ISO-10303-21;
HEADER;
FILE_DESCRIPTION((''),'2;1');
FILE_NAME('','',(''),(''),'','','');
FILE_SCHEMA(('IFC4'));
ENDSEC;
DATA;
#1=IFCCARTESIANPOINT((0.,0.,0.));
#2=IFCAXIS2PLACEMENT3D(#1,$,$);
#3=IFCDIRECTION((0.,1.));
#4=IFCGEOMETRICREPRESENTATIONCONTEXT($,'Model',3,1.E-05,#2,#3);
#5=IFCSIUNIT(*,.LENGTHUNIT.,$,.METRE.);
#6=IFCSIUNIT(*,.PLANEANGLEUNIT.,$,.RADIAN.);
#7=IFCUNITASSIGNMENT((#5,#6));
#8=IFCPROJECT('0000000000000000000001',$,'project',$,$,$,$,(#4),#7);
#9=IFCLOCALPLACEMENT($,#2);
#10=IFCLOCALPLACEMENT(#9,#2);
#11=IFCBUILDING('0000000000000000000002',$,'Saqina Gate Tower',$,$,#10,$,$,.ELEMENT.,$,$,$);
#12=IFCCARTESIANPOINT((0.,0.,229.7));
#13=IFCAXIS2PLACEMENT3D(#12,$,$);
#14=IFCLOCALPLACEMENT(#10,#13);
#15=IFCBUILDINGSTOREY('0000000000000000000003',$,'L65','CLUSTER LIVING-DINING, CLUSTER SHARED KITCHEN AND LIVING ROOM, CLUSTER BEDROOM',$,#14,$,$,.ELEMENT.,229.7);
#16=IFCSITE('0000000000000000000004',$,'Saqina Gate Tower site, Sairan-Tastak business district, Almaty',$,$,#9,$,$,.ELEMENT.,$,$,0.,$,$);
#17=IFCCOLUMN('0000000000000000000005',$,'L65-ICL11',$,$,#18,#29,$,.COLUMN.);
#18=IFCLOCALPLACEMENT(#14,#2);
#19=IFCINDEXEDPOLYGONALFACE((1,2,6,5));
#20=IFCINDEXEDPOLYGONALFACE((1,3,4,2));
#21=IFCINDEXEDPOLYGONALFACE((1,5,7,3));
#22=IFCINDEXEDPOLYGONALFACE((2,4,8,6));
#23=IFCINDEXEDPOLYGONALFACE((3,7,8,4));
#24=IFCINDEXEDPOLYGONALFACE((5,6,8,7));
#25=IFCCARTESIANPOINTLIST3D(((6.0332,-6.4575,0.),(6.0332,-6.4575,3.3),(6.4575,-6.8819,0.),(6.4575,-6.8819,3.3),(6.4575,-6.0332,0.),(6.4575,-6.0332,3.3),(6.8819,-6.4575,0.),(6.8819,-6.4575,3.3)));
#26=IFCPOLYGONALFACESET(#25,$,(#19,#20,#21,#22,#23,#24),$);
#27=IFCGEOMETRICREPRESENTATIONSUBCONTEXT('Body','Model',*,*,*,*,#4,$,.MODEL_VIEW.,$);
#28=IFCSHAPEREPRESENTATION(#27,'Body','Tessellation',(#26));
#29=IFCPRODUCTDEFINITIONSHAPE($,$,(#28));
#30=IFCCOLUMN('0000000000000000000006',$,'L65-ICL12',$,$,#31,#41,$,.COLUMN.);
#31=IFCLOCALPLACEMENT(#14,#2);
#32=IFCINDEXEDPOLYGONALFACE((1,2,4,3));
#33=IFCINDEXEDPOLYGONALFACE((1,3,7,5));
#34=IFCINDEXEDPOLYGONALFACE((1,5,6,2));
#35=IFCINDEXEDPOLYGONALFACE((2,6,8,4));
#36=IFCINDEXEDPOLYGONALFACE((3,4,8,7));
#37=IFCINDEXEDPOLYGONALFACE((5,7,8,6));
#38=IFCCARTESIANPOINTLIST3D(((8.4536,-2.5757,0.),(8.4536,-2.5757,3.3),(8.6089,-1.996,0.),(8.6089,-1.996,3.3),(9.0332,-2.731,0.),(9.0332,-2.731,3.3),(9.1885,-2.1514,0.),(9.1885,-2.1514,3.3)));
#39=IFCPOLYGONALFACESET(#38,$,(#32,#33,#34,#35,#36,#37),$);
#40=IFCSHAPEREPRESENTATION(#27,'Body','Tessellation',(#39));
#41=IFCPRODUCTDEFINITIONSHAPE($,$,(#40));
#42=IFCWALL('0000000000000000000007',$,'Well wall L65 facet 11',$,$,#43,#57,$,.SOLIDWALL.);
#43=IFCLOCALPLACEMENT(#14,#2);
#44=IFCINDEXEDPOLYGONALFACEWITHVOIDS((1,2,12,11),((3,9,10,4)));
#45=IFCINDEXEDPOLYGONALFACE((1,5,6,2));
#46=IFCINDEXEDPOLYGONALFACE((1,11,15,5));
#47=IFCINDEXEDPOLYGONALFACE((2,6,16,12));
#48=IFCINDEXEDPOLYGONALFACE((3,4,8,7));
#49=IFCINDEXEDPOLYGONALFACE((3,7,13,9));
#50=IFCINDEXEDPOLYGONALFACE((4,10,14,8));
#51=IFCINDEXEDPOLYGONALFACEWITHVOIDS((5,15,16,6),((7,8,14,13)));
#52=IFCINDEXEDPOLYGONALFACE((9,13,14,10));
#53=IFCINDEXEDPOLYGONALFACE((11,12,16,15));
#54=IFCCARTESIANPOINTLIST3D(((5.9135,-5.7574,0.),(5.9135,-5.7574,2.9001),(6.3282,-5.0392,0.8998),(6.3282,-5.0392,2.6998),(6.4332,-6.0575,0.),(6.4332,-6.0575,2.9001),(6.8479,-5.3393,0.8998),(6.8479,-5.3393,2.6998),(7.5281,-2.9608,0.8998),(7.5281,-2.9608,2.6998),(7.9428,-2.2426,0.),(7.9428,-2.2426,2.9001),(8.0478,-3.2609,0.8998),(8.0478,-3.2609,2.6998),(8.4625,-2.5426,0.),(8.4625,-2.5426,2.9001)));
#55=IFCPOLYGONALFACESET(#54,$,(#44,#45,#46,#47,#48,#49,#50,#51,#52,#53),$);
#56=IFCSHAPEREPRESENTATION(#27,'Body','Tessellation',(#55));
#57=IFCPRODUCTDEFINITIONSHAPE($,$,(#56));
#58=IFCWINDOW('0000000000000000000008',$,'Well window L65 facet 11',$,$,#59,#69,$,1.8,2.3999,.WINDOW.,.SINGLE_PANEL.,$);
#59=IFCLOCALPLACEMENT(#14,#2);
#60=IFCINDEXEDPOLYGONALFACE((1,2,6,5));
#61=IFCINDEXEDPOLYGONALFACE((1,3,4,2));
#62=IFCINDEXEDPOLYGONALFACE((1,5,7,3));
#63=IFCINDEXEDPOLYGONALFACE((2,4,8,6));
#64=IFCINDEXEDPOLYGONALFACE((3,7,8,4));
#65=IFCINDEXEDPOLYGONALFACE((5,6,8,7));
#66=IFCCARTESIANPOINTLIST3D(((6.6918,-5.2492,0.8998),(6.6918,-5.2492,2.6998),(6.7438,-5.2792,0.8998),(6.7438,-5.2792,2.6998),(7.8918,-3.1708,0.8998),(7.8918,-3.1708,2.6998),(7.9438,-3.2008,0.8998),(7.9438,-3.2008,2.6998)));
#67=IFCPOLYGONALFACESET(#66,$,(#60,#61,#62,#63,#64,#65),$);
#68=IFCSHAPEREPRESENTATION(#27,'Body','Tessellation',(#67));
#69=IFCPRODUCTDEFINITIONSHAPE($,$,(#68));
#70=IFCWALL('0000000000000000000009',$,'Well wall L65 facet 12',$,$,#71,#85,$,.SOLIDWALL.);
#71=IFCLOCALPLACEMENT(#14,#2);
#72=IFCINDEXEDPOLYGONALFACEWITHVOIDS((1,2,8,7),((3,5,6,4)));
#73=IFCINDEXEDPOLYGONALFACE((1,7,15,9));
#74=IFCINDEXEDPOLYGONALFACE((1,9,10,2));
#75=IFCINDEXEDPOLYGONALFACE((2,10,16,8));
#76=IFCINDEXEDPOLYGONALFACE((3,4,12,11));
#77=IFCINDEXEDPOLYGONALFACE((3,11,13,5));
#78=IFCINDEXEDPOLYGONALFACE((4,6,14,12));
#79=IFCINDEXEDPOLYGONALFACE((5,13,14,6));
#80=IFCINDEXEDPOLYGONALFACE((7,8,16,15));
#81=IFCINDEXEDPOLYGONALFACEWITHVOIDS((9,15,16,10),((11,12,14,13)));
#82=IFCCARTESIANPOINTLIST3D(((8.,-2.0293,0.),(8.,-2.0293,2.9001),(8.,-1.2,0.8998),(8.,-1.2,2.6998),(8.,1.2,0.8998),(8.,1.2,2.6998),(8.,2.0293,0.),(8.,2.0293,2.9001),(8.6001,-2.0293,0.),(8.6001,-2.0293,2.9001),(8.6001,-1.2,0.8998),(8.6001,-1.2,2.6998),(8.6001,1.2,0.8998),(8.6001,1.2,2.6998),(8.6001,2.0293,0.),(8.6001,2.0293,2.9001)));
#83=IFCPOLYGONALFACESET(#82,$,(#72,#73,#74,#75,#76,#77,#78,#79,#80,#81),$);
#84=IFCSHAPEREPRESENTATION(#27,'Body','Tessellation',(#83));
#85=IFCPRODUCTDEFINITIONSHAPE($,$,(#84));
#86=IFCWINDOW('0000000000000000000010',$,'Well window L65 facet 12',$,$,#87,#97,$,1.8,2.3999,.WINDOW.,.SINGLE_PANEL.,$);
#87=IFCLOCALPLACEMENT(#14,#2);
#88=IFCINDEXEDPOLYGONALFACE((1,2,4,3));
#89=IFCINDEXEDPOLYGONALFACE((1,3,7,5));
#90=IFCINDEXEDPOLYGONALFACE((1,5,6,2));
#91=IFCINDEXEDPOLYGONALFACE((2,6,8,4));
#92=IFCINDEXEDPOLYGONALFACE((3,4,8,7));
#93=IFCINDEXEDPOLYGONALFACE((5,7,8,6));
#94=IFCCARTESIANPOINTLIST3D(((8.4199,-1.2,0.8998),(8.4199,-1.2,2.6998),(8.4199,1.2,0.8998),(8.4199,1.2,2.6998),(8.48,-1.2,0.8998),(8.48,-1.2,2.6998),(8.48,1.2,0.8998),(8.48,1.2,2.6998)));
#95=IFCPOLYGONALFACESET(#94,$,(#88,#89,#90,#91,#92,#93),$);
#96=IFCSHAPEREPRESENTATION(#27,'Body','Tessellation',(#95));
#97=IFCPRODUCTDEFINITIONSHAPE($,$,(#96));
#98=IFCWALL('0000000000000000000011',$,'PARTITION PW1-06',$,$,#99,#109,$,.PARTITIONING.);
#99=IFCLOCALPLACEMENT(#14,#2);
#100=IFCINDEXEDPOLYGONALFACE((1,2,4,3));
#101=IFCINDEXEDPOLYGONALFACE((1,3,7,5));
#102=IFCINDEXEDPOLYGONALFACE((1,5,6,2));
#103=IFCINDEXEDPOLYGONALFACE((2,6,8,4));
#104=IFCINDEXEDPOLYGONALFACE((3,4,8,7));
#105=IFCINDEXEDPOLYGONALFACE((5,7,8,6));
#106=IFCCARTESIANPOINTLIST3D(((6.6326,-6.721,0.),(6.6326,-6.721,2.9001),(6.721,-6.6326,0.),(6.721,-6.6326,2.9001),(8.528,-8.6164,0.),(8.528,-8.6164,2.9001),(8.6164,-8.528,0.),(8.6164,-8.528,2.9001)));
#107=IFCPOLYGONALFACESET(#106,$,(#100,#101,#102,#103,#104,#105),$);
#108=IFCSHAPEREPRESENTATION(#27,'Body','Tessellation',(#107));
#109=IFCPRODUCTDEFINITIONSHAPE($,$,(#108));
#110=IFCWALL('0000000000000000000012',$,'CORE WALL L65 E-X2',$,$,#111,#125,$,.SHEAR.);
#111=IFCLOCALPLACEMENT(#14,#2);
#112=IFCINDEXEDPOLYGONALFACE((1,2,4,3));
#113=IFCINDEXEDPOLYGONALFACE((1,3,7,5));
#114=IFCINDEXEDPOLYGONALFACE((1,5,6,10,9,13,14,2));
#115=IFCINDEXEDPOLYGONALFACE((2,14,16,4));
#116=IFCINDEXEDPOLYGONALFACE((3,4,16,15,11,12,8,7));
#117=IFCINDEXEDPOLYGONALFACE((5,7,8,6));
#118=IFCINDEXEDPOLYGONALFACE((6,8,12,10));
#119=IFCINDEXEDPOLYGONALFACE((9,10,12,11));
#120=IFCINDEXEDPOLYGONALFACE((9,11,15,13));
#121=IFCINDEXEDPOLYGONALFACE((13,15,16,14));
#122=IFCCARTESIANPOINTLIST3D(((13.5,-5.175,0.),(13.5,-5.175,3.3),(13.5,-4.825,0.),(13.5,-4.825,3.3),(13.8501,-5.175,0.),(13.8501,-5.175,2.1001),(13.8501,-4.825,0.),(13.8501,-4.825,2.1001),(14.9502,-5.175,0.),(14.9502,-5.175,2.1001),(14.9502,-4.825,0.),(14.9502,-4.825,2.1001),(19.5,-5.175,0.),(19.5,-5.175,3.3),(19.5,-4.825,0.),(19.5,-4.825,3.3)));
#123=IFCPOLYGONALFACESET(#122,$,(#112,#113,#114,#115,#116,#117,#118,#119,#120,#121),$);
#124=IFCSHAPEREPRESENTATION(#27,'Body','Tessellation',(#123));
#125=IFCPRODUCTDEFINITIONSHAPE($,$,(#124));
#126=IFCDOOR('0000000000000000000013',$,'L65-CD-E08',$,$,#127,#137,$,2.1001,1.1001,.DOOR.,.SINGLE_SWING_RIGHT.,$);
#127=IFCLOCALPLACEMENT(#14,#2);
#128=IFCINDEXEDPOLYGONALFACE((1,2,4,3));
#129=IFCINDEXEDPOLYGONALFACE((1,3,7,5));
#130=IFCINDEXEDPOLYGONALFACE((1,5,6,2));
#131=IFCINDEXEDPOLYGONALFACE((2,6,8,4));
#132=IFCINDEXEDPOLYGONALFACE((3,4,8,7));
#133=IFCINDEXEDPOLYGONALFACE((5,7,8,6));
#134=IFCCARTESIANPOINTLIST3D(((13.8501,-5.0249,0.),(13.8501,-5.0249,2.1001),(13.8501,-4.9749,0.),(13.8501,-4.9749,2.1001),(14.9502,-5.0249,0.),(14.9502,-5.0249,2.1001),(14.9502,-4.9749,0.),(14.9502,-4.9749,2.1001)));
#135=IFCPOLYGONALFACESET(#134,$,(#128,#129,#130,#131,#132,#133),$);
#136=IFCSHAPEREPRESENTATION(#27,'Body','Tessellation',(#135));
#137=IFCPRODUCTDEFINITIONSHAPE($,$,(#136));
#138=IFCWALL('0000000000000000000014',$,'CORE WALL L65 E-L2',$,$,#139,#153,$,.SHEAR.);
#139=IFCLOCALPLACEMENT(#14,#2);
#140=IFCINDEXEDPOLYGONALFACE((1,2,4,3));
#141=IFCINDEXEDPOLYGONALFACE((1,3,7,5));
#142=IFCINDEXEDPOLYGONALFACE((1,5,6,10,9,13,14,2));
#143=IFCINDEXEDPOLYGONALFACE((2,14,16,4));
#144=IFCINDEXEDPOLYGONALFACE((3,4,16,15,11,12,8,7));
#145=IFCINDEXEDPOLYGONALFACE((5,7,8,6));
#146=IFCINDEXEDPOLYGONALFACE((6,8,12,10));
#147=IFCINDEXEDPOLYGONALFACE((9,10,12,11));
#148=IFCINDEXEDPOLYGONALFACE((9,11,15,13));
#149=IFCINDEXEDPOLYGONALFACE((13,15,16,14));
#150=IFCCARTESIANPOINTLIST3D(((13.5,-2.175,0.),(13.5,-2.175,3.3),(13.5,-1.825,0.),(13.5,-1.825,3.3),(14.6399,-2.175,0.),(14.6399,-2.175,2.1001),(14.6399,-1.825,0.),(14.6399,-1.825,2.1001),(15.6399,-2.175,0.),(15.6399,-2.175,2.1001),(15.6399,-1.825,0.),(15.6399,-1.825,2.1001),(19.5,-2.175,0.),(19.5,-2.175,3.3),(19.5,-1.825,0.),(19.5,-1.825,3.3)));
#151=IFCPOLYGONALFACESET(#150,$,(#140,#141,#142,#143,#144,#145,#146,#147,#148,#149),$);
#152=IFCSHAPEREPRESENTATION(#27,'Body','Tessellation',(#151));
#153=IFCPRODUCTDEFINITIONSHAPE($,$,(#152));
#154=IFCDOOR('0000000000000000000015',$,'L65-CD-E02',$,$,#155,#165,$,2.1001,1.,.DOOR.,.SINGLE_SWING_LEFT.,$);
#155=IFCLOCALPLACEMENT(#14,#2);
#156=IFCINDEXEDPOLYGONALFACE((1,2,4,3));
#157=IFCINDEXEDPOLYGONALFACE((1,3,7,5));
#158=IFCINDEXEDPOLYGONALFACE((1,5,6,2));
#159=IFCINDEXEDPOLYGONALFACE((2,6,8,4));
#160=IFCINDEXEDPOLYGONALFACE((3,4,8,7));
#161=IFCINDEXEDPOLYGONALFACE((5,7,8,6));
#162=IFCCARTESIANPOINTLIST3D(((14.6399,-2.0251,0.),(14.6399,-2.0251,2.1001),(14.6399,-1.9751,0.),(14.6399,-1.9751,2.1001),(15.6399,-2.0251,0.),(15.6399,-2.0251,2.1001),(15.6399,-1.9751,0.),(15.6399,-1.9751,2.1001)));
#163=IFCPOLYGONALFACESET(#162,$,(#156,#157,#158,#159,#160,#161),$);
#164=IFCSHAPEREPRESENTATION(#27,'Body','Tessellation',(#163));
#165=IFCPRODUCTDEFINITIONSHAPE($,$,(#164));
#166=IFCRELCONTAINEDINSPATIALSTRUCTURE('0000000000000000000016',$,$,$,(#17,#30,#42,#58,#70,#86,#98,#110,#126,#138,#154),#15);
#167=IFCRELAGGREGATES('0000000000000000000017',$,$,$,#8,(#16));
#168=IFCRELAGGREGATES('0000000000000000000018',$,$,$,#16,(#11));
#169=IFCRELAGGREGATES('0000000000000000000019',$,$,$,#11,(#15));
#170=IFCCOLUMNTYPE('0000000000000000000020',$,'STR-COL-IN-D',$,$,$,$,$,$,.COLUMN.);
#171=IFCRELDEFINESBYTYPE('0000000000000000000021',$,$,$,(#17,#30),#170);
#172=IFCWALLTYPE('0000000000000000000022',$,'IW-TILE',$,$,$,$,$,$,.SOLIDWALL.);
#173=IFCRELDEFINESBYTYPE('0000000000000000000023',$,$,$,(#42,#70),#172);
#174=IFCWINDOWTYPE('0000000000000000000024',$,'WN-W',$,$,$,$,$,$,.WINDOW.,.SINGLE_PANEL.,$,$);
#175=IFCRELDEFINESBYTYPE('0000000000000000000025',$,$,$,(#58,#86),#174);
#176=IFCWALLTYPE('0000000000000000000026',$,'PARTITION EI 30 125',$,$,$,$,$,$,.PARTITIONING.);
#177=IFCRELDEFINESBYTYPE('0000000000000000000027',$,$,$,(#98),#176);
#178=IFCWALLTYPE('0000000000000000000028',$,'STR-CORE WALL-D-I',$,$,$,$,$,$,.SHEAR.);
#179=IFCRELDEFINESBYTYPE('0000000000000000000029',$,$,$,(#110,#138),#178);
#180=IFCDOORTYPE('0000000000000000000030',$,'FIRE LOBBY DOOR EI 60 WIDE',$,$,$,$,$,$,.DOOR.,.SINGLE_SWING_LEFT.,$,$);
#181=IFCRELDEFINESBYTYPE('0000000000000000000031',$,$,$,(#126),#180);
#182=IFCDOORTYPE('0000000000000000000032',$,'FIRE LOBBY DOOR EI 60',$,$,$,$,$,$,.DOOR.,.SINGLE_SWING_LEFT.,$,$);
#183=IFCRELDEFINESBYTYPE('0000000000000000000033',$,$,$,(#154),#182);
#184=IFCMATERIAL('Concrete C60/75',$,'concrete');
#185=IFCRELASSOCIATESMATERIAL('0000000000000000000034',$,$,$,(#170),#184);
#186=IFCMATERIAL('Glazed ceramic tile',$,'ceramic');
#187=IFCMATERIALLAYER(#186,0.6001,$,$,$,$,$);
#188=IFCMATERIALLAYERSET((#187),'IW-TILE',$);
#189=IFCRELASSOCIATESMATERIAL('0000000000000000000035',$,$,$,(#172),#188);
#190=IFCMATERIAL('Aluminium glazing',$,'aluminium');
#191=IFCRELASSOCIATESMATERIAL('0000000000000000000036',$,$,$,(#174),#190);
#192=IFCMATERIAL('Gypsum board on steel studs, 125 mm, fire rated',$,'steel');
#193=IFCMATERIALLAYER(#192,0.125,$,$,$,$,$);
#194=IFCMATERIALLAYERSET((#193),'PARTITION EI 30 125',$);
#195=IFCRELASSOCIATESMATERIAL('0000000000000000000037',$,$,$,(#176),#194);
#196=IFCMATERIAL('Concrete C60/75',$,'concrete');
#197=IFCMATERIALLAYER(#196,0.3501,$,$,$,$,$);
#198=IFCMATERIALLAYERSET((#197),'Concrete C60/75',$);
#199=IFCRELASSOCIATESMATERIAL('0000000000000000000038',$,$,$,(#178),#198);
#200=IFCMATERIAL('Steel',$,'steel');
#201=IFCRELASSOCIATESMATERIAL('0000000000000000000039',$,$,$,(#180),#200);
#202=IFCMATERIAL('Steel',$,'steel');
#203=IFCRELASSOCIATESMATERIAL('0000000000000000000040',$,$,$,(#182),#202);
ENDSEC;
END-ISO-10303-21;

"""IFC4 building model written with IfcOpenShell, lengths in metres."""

from ifc_helpers import new_model, si_unit, direction, frame, frame_2d, origin, origin_2d, place, context, subcontext, project, spatial, rectangle, extrude, material, layer, layer_set, material_profile, profile_set, type_object, element, fill, save


model = new_model("IFC4")

# Units and contexts
model_context = context("Model", 3, precision=1e-05, world=origin(), true_north=direction((0.0, 1.0)))
body_context = subcontext(model_context, "Body", "Model", "MODEL_VIEW")
ifc_project = project(units=[si_unit("LENGTHUNIT", "METRE"), si_unit("PLANEANGLEUNIT", "RADIAN")], contexts=[model_context])

# Site, building, storey
site_placement = place(None, origin())
site = spatial("IfcSite", under=ifc_project, at=site_placement, Name="Saqina Gate Tower site, Sairan-Tastak business district, Almaty", CompositionType="ELEMENT", RefElevation=0.0)
building_placement = place(site_placement, origin())
building = spatial("IfcBuilding", under=site, at=building_placement, Name="Saqina Gate Tower", CompositionType="ELEMENT")
storey_placement = place(building_placement, frame((0.0, 0.0, 229.7)))
storey = spatial("IfcBuildingStorey", under=building, at=storey_placement, Name="L65", Description="CLUSTER LIVING-DINING, CLUSTER SHARED KITCHEN AND LIVING ROOM, CLUSTER BEDROOM", CompositionType="ELEMENT", Elevation=229.7)

# Columns
ifc_material_1 = material(Name="Concrete C60/75", Category="concrete")
ifc_material_profile = material_profile(ifc_material_1, rectangle(XDim=0.6001, YDim=0.6001, at=origin_2d()), Name="RC 600x600")
ifc_profile_set = profile_set([ifc_material_profile], Name="Concrete C60/75")
column_type = type_object("IfcColumnType", Name="STR-COL-IN-D", PredefinedType="COLUMN", material=ifc_profile_set)
for number, where, z_axis, x_axis, name in (
    (1, (6.4575, -6.4575, 0.0), (0.0, 0.0, 1.0), (0.707107, -0.707107, 0.0), "L65-ICL11"),
    (2, (8.821, -2.3635, 0.0), (0.0, 0.0, 1.0), (0.965926, -0.258819, 0.0), "L65-ICL12"),
):
    element("IfcColumn", number, at=place(storey_placement, frame(where, z_axis=z_axis, x_axis=x_axis)), inside=storey, type_object=column_type, Name=name, PredefinedType="COLUMN", context=body_context, shape_type="SweptSolid", body=[
        extrude(rectangle(XDim=0.6001, YDim=0.6001, at=origin_2d()), origin(), (0.0, 0.0, 1.0), 3.3),
    ])

# Walls, openings, windows
ifc_material_2 = material(Name="Glazed ceramic tile", Category="ceramic")
ifc_layer_1 = layer(ifc_material_2, 0.6001)
ifc_layer_set_1 = layer_set([ifc_layer_1], Name="IW-TILE")
wall_type_1 = type_object("IfcWallType", Name="IW-TILE", PredefinedType="SOLIDWALL", material=ifc_layer_set_1)
wall_1_placement = place(storey_placement, frame((6.1733, -5.9075, 0.0), z_axis=(0.0, 0.0, 1.0), x_axis=(0.499995, 0.866028, 0.0)))
wall_1 = element("IfcWall", 3, at=wall_1_placement, inside=storey, type_object=wall_type_1, Name="Well wall L65 facet 11", PredefinedType="SOLIDWALL", context=body_context, shape_type="SweptSolid", body=[
    extrude(rectangle(XDim=4.0586, YDim=0.6001, at=frame_2d((2.0293, 0.0))), origin(), (0.0, 0.0, 1.0), 2.9001),
])
opening_1_placement = place(wall_1_placement, frame((0.8293, 0.0, 0.8999)))
opening_1 = element("IfcOpeningElement", 4, at=opening_1_placement, cuts=wall_1, PredefinedType="OPENING", context=body_context, shape_type="SweptSolid", body=[
    extrude(rectangle(XDim=2.3999, YDim=1.8, at=frame_2d((1.2, 0.8999))), frame((0.0, 0.312, 0.0), z_axis=(0.0, -1.0, 0.0), x_axis=(1.0, 0.0, 0.0)), (0.0, 0.0, 1.0), 0.624),
])
ifc_material_3 = material(Name="Aluminium glazing", Category="aluminium")
window_type = type_object("IfcWindowType", Name="WN-W", PartitioningType="SINGLE_PANEL", PredefinedType="WINDOW", material=ifc_material_3)
window_1_placement = place(opening_1_placement, origin())
window_1 = element("IfcWindow", 5, at=window_1_placement, inside=storey, type_object=window_type, Name="Well window L65 facet 11", OverallHeight=1.8, OverallWidth=2.3999, PartitioningType="SINGLE_PANEL", PredefinedType="WINDOW", context=body_context, shape_type="SweptSolid", body=[
    extrude(rectangle(XDim=2.3999, YDim=1.8, at=frame_2d((1.2, 0.8999))), frame((0.0, -0.1199, 0.0), z_axis=(0.0, -1.0, 0.0), x_axis=(1.0, 0.0, 0.0)), (0.0, 0.0, 1.0), 0.0601),
])
fill(opening_1, window_1)
wall_2_placement = place(storey_placement, frame((8.3, -2.0293, 0.0), z_axis=(0.0, 0.0, 1.0), x_axis=(0.0, 1.0, 0.0)))
wall_2 = element("IfcWall", 6, at=wall_2_placement, inside=storey, type_object=wall_type_1, Name="Well wall L65 facet 12", PredefinedType="SOLIDWALL", context=body_context, shape_type="SweptSolid", body=[
    extrude(rectangle(XDim=4.0586, YDim=0.6001, at=frame_2d((2.0293, 0.0))), origin(), (0.0, 0.0, 1.0), 2.9001),
])
opening_2_placement = place(wall_2_placement, frame((0.8293, 0.0, 0.8999)))
opening_2 = element("IfcOpeningElement", 7, at=opening_2_placement, cuts=wall_2, PredefinedType="OPENING", context=body_context, shape_type="SweptSolid", body=[
    extrude(rectangle(XDim=2.3999, YDim=1.8, at=frame_2d((1.2, 0.8999))), frame((0.0, 0.312, 0.0), z_axis=(0.0, -1.0, 0.0), x_axis=(1.0, 0.0, 0.0)), (0.0, 0.0, 1.0), 0.624),
])
window_2_placement = place(opening_2_placement, origin())
window_2 = element("IfcWindow", 8, at=window_2_placement, inside=storey, type_object=window_type, Name="Well window L65 facet 12", OverallHeight=1.8, OverallWidth=2.3999, PartitioningType="SINGLE_PANEL", PredefinedType="WINDOW", context=body_context, shape_type="SweptSolid", body=[
    extrude(rectangle(XDim=2.3999, YDim=1.8, at=frame_2d((1.2, 0.8999))), frame((0.0, -0.1199, 0.0), z_axis=(0.0, -1.0, 0.0), x_axis=(1.0, 0.0, 0.0)), (0.0, 0.0, 1.0), 0.0601),
])
fill(opening_2, window_2)

# Wall
ifc_material_4 = material(Name="Gypsum board on steel studs, 125 mm, fire rated", Category="steel")
ifc_layer_2 = layer(ifc_material_4, 0.125)
ifc_layer_set_2 = layer_set([ifc_layer_2], Name="PARTITION EI 30 125")
wall_type_2 = type_object("IfcWallType", Name="PARTITION EI 30 125", PredefinedType="PARTITIONING", material=ifc_layer_set_2)
wall_3_placement = place(storey_placement, frame((6.6768, -6.6768, 0.0), z_axis=(0.0, 0.0, 1.0), x_axis=(0.707107, -0.707107, 0.0)))
element("IfcWall", 9, at=wall_3_placement, inside=storey, type_object=wall_type_2, Name="PARTITION PW1-06", PredefinedType="PARTITIONING", context=body_context, shape_type="SweptSolid", body=[
    extrude(rectangle(XDim=2.6804, YDim=0.125, at=frame_2d((1.3403, 0.0))), origin(), (0.0, 0.0, 1.0), 2.9001),
])

# Walls, openings, doors
ifc_material_5 = material(Name="Concrete C60/75", Category="concrete")
ifc_layer_3 = layer(ifc_material_5, 0.3501)
ifc_layer_set_3 = layer_set([ifc_layer_3], Name="Concrete C60/75")
wall_type_3 = type_object("IfcWallType", Name="STR-CORE WALL-D-I", PredefinedType="SHEAR", material=ifc_layer_set_3)
wall_4_placement = place(storey_placement, frame((13.5, -5.0, 0.0), z_axis=(0.0, 0.0, 1.0), x_axis=(1.0, 0.0, 0.0)))
wall_4 = element("IfcWall", 10, at=wall_4_placement, inside=storey, type_object=wall_type_3, Name="CORE WALL L65 E-X2", PredefinedType="SHEAR", context=body_context, shape_type="SweptSolid", body=[
    extrude(rectangle(XDim=6.0, YDim=0.3501, at=frame_2d((3.0, 0.0))), origin(), (0.0, 0.0, 1.0), 3.3),
])
opening_3_placement = place(wall_4_placement, frame((0.3501, 0.0, 0.0)))
opening_3 = element("IfcOpeningElement", 11, at=opening_3_placement, cuts=wall_4, PredefinedType="OPENING", context=body_context, shape_type="SweptSolid", body=[
    extrude(rectangle(XDim=1.1001, YDim=2.1001, at=frame_2d((0.55, 1.05))), frame((0.0, 0.187, 0.0), z_axis=(0.0, -1.0, 0.0), x_axis=(1.0, 0.0, 0.0)), (0.0, 0.0, 1.0), 0.374),
])
ifc_material_6 = material(Name="Steel", Category="steel")
door_type_1 = type_object("IfcDoorType", Name="FIRE LOBBY DOOR EI 60 WIDE", OperationType="SINGLE_SWING_LEFT", PredefinedType="DOOR", material=ifc_material_6)
door_1_placement = place(opening_3_placement, frame((1.1001, 0.0, 0.0), z_axis=(0.0, 0.0, 1.0), x_axis=(-1.0, 0.0, 0.0)))
door_1 = element("IfcDoor", 12, at=door_1_placement, inside=storey, type_object=door_type_1, Name="L65-CD-E08", OperationType="SINGLE_SWING_RIGHT", OverallHeight=2.1001, OverallWidth=1.1001, PredefinedType="DOOR", context=body_context, shape_type="SweptSolid", body=[
    extrude(rectangle(XDim=1.1001, YDim=2.1001, at=frame_2d((0.55, 1.05))), frame((0.0, 0.0249, 0.0), z_axis=(0.0, -1.0, 0.0), x_axis=(1.0, 0.0, 0.0)), (0.0, 0.0, 1.0), 0.05),
])
fill(opening_3, door_1)
wall_5_placement = place(storey_placement, frame((13.5, -2.0, 0.0), z_axis=(0.0, 0.0, 1.0), x_axis=(1.0, 0.0, 0.0)))
wall_5 = element("IfcWall", 13, at=wall_5_placement, inside=storey, type_object=wall_type_3, Name="CORE WALL L65 E-L2", PredefinedType="SHEAR", context=body_context, shape_type="SweptSolid", body=[
    extrude(rectangle(XDim=6.0, YDim=0.3501, at=frame_2d((3.0, 0.0))), origin(), (0.0, 0.0, 1.0), 3.3),
])
opening_4_placement = place(wall_5_placement, frame((1.1399, 0.0, 0.0)))
opening_4 = element("IfcOpeningElement", 14, at=opening_4_placement, cuts=wall_5, PredefinedType="OPENING", context=body_context, shape_type="SweptSolid", body=[
    extrude(rectangle(XDim=1.0, YDim=2.1001, at=frame_2d((0.5, 1.05))), frame((0.0, 0.187, 0.0), z_axis=(0.0, -1.0, 0.0), x_axis=(1.0, 0.0, 0.0)), (0.0, 0.0, 1.0), 0.374),
])
ifc_material_7 = material(Name="Steel", Category="steel")
door_type_2 = type_object("IfcDoorType", Name="FIRE LOBBY DOOR EI 60", OperationType="SINGLE_SWING_LEFT", PredefinedType="DOOR", material=ifc_material_7)
door_2_placement = place(opening_4_placement, origin())
door_2 = element("IfcDoor", 15, at=door_2_placement, inside=storey, type_object=door_type_2, Name="L65-CD-E02", OperationType="SINGLE_SWING_LEFT", OverallHeight=2.1001, OverallWidth=1.0, PredefinedType="DOOR", context=body_context, shape_type="SweptSolid", body=[
    extrude(rectangle(XDim=1.0, YDim=2.1001, at=frame_2d((0.5, 1.05))), frame((0.0, 0.0249, 0.0), z_axis=(0.0, -1.0, 0.0), x_axis=(1.0, 0.0, 0.0)), (0.0, 0.0, 1.0), 0.05),
])
fill(opening_4, door_2)

save(model, "model.ifc")
